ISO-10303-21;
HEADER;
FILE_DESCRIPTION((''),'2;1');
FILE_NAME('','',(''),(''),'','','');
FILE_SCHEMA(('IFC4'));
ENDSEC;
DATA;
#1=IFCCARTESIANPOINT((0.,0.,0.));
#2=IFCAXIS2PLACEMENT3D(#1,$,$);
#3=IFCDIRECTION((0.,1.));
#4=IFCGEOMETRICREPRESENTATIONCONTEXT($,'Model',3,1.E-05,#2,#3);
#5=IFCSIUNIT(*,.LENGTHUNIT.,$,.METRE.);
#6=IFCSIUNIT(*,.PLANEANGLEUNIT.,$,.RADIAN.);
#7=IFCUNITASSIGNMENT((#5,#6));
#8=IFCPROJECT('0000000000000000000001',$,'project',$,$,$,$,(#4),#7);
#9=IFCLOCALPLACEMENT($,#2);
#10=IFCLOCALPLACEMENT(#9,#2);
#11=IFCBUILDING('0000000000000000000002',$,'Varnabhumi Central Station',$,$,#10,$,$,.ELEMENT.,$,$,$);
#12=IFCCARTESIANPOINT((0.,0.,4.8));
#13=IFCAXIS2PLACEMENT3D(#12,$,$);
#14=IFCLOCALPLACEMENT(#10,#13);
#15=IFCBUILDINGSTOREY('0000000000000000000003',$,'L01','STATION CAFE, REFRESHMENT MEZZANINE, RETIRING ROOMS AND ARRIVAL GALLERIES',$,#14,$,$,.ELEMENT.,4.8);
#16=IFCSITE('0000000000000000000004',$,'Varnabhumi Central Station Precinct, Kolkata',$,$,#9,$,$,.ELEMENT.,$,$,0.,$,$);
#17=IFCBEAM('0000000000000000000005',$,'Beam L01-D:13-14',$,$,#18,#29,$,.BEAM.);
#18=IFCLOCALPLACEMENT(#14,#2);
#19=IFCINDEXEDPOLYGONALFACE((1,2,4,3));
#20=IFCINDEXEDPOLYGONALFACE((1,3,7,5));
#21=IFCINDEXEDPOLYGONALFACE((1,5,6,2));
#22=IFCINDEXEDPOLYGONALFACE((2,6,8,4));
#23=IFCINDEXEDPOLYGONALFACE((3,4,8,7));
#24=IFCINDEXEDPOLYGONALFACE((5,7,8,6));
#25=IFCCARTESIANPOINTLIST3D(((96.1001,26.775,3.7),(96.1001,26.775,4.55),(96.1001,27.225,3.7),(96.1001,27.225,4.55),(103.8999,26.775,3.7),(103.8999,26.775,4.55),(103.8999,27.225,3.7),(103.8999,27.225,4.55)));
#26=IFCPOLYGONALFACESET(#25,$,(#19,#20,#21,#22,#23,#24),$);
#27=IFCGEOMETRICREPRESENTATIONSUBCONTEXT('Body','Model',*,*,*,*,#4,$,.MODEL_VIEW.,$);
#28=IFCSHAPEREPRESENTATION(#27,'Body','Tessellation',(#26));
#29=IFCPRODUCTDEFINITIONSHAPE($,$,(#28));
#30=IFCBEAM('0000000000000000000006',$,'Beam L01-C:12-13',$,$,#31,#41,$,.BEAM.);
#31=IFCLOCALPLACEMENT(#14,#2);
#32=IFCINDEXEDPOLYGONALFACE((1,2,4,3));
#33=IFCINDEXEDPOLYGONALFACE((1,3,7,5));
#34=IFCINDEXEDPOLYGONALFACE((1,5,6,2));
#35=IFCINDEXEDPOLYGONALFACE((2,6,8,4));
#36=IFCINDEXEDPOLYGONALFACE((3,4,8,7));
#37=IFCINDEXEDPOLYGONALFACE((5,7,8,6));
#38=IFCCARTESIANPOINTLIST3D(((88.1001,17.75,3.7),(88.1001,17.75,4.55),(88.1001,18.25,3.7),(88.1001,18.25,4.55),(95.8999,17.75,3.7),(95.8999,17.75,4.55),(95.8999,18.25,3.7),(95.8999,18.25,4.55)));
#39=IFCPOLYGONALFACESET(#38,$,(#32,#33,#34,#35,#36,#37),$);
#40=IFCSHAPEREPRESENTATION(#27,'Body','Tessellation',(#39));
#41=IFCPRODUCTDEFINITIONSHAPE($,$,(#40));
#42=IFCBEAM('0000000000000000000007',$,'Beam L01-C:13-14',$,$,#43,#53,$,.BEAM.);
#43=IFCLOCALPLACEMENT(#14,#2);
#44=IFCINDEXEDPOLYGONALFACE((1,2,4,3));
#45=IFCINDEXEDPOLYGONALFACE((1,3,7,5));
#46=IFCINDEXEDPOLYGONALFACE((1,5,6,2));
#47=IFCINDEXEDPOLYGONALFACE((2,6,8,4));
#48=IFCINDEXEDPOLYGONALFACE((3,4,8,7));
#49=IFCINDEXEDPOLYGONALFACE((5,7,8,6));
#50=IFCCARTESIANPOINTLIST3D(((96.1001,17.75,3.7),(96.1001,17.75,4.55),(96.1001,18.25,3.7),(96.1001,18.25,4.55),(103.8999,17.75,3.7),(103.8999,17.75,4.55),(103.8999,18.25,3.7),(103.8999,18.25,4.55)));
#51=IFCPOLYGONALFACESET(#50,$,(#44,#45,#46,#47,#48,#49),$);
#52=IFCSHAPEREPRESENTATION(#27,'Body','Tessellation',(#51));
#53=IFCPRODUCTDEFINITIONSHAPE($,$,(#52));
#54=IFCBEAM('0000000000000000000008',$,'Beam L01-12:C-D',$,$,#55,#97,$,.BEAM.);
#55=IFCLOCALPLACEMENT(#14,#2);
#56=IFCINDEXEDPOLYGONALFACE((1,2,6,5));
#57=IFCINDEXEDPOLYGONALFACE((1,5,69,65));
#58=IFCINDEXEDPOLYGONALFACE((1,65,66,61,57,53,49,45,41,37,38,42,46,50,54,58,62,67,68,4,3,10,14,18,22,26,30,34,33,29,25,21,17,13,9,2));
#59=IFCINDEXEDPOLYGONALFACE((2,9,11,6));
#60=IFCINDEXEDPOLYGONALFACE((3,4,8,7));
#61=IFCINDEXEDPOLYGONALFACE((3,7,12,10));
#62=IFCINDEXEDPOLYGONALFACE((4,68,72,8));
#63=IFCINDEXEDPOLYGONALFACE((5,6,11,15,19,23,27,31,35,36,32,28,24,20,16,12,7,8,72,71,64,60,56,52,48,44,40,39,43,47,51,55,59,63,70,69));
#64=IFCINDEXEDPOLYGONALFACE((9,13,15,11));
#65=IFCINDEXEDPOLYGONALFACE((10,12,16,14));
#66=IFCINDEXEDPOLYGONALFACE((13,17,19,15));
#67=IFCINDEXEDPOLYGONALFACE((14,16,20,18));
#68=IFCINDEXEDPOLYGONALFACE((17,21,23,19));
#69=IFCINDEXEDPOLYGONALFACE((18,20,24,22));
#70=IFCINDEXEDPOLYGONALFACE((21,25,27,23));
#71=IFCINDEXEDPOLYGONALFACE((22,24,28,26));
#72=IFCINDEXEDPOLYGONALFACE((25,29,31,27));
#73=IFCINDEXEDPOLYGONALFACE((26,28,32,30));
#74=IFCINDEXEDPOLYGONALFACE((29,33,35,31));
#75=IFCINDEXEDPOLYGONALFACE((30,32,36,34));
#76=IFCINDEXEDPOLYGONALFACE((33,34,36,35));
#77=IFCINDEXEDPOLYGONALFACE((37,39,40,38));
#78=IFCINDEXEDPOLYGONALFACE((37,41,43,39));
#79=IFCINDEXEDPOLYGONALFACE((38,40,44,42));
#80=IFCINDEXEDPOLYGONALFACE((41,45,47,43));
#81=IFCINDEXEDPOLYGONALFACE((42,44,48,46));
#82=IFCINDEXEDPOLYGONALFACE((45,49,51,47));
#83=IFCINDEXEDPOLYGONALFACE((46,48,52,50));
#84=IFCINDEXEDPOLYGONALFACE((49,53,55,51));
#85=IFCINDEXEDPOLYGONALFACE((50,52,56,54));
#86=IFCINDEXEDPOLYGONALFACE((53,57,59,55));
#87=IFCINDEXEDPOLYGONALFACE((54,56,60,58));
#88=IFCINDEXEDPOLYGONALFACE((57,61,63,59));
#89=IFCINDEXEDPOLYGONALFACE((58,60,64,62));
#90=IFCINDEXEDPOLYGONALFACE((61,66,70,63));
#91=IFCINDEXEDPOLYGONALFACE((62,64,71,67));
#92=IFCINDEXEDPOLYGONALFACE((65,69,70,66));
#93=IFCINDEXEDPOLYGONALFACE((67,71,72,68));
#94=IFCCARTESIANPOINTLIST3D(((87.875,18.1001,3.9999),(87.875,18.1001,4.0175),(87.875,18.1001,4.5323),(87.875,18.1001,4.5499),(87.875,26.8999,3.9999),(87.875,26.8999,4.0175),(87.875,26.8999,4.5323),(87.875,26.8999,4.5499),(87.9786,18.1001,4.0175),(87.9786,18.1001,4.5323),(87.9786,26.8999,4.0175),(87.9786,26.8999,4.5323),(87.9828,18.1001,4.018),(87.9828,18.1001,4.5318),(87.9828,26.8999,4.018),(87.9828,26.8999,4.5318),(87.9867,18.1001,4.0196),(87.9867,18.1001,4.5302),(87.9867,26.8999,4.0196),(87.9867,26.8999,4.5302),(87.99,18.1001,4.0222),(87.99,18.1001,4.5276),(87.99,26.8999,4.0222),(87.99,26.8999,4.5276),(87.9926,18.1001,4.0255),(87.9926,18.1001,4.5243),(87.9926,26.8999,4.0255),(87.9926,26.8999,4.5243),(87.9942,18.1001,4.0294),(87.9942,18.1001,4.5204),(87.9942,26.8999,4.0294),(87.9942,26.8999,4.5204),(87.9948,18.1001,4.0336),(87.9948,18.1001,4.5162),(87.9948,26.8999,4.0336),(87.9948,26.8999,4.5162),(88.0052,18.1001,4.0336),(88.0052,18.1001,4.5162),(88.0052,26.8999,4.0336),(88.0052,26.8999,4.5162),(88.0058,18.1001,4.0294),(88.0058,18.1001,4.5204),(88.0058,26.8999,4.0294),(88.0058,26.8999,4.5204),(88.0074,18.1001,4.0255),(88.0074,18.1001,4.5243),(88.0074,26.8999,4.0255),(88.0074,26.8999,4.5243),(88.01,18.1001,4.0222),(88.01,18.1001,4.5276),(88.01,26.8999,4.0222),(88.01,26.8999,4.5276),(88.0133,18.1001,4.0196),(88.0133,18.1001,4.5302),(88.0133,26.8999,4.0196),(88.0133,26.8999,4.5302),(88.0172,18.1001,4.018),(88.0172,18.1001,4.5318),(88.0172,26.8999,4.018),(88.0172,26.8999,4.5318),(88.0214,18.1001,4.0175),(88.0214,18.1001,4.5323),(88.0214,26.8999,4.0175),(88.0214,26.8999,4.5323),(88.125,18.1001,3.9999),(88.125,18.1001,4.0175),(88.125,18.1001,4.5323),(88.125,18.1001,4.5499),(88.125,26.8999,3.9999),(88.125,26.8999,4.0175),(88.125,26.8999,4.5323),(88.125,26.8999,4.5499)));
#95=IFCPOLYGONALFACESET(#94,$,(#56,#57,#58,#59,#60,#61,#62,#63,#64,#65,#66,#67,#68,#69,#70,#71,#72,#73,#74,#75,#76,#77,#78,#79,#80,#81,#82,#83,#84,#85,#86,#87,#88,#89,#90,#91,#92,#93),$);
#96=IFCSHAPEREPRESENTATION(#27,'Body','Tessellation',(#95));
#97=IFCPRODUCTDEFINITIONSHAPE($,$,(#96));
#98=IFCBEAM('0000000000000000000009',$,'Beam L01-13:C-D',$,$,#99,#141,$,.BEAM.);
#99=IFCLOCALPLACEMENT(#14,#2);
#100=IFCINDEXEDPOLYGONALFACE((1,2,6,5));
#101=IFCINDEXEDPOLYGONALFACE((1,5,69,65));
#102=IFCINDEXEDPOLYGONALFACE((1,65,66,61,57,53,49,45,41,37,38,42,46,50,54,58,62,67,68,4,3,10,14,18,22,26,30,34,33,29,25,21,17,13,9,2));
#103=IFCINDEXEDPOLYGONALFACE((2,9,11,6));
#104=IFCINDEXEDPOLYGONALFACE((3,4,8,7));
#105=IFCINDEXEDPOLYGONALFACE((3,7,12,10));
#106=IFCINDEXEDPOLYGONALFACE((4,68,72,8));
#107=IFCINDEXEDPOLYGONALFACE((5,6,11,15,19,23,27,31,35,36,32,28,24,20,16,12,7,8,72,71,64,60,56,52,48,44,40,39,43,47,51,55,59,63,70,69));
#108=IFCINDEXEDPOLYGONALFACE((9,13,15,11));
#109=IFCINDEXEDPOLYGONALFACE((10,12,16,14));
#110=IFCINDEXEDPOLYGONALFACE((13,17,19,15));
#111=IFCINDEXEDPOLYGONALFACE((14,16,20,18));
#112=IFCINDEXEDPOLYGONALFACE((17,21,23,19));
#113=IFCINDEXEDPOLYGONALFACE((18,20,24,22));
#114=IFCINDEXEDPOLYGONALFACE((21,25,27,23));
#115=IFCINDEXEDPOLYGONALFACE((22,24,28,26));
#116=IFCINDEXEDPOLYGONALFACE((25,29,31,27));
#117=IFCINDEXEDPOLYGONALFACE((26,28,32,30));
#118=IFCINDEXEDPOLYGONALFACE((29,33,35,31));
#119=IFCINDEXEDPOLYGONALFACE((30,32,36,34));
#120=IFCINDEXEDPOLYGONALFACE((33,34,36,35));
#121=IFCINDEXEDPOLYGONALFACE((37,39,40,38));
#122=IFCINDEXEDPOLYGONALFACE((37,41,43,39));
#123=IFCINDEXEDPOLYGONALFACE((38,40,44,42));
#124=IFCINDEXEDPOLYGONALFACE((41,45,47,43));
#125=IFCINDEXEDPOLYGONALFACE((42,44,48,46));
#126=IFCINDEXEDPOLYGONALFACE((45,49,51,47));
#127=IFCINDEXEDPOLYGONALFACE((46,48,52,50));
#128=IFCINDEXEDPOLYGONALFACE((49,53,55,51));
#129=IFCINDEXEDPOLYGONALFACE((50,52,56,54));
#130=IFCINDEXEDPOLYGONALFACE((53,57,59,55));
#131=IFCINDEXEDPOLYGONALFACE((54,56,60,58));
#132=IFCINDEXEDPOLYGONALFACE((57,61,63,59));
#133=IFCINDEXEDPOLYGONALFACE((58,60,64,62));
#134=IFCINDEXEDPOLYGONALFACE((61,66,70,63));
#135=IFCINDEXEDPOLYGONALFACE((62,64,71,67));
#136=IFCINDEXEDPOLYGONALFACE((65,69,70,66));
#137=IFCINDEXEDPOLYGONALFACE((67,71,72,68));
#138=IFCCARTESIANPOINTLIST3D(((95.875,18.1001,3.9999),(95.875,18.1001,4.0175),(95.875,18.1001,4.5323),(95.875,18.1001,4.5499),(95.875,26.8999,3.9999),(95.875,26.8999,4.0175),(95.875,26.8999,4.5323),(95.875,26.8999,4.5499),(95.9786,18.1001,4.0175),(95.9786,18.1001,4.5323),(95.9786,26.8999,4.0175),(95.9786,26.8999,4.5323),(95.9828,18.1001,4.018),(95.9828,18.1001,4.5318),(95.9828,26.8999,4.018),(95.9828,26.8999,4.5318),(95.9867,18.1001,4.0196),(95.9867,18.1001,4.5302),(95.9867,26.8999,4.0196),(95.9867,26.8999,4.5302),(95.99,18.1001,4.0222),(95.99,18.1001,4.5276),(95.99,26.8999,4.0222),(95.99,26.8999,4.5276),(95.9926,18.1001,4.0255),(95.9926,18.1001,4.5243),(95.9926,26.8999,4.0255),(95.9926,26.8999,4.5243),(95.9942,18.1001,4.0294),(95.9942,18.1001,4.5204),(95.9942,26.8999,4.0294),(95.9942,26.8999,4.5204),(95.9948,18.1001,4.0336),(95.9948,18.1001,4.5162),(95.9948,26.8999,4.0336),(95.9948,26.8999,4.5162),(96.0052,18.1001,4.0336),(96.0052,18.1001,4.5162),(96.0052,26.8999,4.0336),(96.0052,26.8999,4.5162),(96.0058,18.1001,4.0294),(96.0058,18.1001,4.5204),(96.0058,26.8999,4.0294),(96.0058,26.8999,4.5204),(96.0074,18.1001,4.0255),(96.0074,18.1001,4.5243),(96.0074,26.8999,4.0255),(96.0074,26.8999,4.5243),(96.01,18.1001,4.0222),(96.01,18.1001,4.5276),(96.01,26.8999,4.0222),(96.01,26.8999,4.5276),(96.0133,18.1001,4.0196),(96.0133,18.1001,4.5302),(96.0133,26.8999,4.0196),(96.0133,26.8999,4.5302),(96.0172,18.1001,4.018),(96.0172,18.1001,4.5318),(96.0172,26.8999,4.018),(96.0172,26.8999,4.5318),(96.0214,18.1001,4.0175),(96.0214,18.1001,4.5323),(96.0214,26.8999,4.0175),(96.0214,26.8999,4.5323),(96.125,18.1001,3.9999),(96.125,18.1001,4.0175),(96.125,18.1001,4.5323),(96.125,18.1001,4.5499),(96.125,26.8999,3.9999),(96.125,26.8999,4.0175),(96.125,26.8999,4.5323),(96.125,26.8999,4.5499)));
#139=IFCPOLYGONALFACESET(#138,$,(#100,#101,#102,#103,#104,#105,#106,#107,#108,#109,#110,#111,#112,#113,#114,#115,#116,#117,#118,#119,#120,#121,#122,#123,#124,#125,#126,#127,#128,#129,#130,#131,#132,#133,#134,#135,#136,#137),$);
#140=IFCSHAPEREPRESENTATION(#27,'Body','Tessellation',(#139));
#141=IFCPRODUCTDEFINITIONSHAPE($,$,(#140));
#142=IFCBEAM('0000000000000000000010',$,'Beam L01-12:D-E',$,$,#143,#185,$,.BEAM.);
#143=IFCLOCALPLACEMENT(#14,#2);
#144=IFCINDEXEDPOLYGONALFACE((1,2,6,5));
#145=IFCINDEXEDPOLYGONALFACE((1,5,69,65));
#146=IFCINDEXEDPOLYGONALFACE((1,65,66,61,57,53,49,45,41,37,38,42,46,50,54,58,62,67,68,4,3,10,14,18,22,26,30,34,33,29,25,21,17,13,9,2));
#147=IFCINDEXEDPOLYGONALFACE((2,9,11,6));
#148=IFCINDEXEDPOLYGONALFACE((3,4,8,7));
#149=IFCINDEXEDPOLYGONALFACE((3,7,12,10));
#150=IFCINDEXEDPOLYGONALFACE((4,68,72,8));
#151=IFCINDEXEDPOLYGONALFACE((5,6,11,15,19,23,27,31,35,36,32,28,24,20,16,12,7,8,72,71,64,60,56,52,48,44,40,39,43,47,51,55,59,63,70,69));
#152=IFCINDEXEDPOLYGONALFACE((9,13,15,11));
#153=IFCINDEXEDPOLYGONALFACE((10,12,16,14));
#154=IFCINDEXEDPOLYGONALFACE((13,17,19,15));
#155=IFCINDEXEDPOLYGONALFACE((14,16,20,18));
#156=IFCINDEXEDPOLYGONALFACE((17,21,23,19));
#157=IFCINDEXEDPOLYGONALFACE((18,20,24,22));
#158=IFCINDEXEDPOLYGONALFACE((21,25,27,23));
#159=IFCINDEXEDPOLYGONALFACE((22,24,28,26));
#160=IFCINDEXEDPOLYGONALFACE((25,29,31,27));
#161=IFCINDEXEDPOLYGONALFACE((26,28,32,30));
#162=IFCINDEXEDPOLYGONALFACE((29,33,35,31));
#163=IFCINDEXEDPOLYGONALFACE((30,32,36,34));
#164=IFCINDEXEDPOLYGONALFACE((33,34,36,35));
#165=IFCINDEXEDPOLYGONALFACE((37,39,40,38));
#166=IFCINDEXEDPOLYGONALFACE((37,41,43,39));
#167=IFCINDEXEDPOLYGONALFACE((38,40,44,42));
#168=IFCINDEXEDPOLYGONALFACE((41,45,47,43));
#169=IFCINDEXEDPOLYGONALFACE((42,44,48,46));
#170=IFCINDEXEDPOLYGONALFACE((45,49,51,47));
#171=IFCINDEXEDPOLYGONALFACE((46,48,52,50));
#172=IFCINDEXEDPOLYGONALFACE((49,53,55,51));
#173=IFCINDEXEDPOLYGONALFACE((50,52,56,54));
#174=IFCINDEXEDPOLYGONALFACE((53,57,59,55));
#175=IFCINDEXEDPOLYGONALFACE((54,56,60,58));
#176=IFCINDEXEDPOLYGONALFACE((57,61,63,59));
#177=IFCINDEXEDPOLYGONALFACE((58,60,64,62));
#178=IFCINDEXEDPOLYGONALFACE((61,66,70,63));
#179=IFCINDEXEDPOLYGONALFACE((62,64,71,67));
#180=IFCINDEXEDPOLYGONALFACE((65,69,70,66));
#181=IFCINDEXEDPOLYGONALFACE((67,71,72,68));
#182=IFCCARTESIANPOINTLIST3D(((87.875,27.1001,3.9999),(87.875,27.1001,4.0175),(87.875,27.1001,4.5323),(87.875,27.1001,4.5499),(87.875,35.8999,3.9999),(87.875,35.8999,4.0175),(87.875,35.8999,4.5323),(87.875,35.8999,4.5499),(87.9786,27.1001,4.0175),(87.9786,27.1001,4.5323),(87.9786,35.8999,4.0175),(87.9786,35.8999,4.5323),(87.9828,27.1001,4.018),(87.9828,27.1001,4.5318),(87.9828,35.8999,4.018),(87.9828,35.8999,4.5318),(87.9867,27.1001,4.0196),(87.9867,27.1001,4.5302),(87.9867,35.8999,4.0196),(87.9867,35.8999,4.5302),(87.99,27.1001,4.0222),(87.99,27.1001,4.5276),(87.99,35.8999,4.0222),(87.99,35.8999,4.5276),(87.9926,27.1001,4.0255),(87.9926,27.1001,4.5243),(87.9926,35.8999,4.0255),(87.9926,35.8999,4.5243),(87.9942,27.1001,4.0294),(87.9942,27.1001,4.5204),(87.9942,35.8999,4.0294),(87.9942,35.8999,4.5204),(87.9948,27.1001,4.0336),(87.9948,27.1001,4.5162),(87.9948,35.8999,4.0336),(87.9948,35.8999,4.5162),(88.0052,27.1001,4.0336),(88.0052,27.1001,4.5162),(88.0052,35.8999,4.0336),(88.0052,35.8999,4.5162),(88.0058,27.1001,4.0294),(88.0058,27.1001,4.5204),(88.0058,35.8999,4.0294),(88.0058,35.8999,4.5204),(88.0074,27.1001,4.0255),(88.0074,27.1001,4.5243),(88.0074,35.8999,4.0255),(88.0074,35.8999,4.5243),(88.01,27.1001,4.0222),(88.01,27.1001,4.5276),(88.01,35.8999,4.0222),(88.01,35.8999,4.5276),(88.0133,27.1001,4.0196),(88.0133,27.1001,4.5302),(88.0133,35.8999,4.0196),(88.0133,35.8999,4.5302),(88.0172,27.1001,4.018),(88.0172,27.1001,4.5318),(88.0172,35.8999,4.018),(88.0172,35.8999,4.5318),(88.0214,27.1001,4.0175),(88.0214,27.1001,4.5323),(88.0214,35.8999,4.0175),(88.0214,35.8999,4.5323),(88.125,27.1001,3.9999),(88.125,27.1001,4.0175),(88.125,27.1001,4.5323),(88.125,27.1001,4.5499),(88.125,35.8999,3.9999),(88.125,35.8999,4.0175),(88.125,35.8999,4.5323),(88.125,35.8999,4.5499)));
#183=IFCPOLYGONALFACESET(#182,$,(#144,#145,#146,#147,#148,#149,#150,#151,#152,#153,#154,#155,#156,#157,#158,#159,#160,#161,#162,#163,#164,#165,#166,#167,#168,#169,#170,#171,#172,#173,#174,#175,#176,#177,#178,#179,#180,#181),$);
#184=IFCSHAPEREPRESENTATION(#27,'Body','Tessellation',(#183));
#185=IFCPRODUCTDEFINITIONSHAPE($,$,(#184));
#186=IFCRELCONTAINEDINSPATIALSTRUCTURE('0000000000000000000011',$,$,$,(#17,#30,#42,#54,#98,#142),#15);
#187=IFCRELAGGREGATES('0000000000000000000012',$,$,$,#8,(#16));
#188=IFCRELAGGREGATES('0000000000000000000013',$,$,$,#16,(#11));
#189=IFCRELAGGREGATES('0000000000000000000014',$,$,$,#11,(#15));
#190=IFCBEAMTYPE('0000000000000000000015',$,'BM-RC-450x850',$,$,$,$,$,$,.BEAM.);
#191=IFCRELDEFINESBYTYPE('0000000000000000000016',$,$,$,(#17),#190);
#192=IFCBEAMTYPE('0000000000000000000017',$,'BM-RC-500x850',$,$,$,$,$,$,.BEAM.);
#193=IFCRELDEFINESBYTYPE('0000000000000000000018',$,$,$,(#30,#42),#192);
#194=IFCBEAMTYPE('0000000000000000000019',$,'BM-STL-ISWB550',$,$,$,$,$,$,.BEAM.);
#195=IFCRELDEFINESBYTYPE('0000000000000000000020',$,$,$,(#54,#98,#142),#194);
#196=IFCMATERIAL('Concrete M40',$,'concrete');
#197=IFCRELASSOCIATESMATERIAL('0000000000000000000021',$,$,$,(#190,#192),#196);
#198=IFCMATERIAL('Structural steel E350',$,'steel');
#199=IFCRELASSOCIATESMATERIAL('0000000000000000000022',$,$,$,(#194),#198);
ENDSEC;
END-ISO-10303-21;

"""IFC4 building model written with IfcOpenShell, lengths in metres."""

from ifc_helpers import new_model, si_unit, direction, frame, origin, origin_2d, place, context, subcontext, project, spatial, rectangle, i_section, extrude, material, material_profile, profile_set, type_object, element, save


model = new_model("IFC4")

# Units and contexts
model_context = context("Model", 3, precision=1e-05, world=origin(), true_north=direction((0.0, 1.0)))
body_context = subcontext(model_context, "Body", "Model", "MODEL_VIEW")
ifc_project = project(units=[si_unit("LENGTHUNIT", "METRE"), si_unit("PLANEANGLEUNIT", "RADIAN")], contexts=[model_context])

# Site, building, storey
site_placement = place(None, origin())
site = spatial("IfcSite", under=ifc_project, at=site_placement, Name="Varnabhumi Central Station Precinct, Kolkata", CompositionType="ELEMENT", RefElevation=0.0)
building_placement = place(site_placement, origin())
building = spatial("IfcBuilding", under=site, at=building_placement, Name="Varnabhumi Central Station", CompositionType="ELEMENT")
storey_placement = place(building_placement, frame((0.0, 0.0, 4.8)))
storey = spatial("IfcBuildingStorey", under=building, at=storey_placement, Name="L01", Description="STATION CAFE, REFRESHMENT MEZZANINE, RETIRING ROOMS AND ARRIVAL GALLERIES", CompositionType="ELEMENT", Elevation=4.8)

# Shared definitions
ifc_material_1 = material(Name="Concrete M40", Category="concrete")

# Beams
ifc_material_profile_1 = material_profile(ifc_material_1, rectangle(XDim=0.45, YDim=0.8501, at=origin_2d()), Name="Concrete M40", Category="concrete")
ifc_profile_set_1 = profile_set([ifc_material_profile_1], Name="Concrete M40")
beam_type_1 = type_object("IfcBeamType", Name="BM-RC-450x850", PredefinedType="BEAM", material=ifc_profile_set_1)
for number, where, z_axis, x_axis, name in (
    (1, (96.1001, 27.0, 4.125), (1.0, 0.0, 0.0), (0.0, 1.0, 0.0), "Beam L01-D:13-14"),
):
    element("IfcBeam", number, at=place(storey_placement, frame(where, z_axis=z_axis, x_axis=x_axis)), inside=storey, type_object=beam_type_1, Name=name, PredefinedType="BEAM", context=body_context, shape_type="SweptSolid", body=[
        extrude(rectangle(XDim=0.45, YDim=0.8501, at=origin_2d()), origin(), (0.0, 0.0, 1.0), 7.7998),
    ])
ifc_material_profile_2 = material_profile(ifc_material_1, rectangle(XDim=0.5, YDim=0.8501, at=origin_2d()), Name="Concrete M40", Category="concrete")
ifc_profile_set_2 = profile_set([ifc_material_profile_2], Name="Concrete M40")
beam_type_2 = type_object("IfcBeamType", Name="BM-RC-500x850", PredefinedType="BEAM", material=ifc_profile_set_2)
for number, where, z_axis, x_axis, name in (
    (2, (88.1001, 18.0, 4.125), (1.0, 0.0, 0.0), (0.0, 1.0, 0.0), "Beam L01-C:12-13"),
    (3, (96.1001, 18.0, 4.125), (1.0, 0.0, 0.0), (0.0, 1.0, 0.0), "Beam L01-C:13-14"),
):
    element("IfcBeam", number, at=place(storey_placement, frame(where, z_axis=z_axis, x_axis=x_axis)), inside=storey, type_object=beam_type_2, Name=name, PredefinedType="BEAM", context=body_context, shape_type="SweptSolid", body=[
        extrude(rectangle(XDim=0.5, YDim=0.8501, at=origin_2d()), origin(), (0.0, 0.0, 1.0), 7.7998),
    ])
ifc_material_2 = material(Name="Structural steel E350", Category="steel")
ifc_material_profile_3 = material_profile(ifc_material_2, i_section(OverallWidth=0.25, OverallDepth=0.55, WebThickness=0.0105, FlangeThickness=0.0176, FilletRadius=0.0161, at=origin_2d()), Name="Structural steel E350", Category="steel")
ifc_profile_set_3 = profile_set([ifc_material_profile_3], Name="Structural steel E350")
beam_type_3 = type_object("IfcBeamType", Name="BM-STL-ISWB550", PredefinedType="BEAM", material=ifc_profile_set_3)
for number, where, z_axis, x_axis, name in (
    (4, (88.0, 18.1001, 4.2749), (0.0, 1.0, 0.0), (-1.0, 0.0, 0.0), "Beam L01-12:C-D"),
    (5, (96.0, 18.1001, 4.2749), (0.0, 1.0, 0.0), (-1.0, 0.0, 0.0), "Beam L01-13:C-D"),
    (6, (88.0, 27.1001, 4.2749), (0.0, 1.0, 0.0), (-1.0, 0.0, 0.0), "Beam L01-12:D-E"),
):
    element("IfcBeam", number, at=place(storey_placement, frame(where, z_axis=z_axis, x_axis=x_axis)), inside=storey, type_object=beam_type_3, Name=name, PredefinedType="BEAM", context=body_context, shape_type="SweptSolid", body=[
        extrude(i_section(OverallWidth=0.25, OverallDepth=0.55, WebThickness=0.0105, FlangeThickness=0.0176, FilletRadius=0.0161, at=origin_2d()), origin(), (0.0, 0.0, 1.0), 8.7998),
    ])

save(model, "model.ifc")
